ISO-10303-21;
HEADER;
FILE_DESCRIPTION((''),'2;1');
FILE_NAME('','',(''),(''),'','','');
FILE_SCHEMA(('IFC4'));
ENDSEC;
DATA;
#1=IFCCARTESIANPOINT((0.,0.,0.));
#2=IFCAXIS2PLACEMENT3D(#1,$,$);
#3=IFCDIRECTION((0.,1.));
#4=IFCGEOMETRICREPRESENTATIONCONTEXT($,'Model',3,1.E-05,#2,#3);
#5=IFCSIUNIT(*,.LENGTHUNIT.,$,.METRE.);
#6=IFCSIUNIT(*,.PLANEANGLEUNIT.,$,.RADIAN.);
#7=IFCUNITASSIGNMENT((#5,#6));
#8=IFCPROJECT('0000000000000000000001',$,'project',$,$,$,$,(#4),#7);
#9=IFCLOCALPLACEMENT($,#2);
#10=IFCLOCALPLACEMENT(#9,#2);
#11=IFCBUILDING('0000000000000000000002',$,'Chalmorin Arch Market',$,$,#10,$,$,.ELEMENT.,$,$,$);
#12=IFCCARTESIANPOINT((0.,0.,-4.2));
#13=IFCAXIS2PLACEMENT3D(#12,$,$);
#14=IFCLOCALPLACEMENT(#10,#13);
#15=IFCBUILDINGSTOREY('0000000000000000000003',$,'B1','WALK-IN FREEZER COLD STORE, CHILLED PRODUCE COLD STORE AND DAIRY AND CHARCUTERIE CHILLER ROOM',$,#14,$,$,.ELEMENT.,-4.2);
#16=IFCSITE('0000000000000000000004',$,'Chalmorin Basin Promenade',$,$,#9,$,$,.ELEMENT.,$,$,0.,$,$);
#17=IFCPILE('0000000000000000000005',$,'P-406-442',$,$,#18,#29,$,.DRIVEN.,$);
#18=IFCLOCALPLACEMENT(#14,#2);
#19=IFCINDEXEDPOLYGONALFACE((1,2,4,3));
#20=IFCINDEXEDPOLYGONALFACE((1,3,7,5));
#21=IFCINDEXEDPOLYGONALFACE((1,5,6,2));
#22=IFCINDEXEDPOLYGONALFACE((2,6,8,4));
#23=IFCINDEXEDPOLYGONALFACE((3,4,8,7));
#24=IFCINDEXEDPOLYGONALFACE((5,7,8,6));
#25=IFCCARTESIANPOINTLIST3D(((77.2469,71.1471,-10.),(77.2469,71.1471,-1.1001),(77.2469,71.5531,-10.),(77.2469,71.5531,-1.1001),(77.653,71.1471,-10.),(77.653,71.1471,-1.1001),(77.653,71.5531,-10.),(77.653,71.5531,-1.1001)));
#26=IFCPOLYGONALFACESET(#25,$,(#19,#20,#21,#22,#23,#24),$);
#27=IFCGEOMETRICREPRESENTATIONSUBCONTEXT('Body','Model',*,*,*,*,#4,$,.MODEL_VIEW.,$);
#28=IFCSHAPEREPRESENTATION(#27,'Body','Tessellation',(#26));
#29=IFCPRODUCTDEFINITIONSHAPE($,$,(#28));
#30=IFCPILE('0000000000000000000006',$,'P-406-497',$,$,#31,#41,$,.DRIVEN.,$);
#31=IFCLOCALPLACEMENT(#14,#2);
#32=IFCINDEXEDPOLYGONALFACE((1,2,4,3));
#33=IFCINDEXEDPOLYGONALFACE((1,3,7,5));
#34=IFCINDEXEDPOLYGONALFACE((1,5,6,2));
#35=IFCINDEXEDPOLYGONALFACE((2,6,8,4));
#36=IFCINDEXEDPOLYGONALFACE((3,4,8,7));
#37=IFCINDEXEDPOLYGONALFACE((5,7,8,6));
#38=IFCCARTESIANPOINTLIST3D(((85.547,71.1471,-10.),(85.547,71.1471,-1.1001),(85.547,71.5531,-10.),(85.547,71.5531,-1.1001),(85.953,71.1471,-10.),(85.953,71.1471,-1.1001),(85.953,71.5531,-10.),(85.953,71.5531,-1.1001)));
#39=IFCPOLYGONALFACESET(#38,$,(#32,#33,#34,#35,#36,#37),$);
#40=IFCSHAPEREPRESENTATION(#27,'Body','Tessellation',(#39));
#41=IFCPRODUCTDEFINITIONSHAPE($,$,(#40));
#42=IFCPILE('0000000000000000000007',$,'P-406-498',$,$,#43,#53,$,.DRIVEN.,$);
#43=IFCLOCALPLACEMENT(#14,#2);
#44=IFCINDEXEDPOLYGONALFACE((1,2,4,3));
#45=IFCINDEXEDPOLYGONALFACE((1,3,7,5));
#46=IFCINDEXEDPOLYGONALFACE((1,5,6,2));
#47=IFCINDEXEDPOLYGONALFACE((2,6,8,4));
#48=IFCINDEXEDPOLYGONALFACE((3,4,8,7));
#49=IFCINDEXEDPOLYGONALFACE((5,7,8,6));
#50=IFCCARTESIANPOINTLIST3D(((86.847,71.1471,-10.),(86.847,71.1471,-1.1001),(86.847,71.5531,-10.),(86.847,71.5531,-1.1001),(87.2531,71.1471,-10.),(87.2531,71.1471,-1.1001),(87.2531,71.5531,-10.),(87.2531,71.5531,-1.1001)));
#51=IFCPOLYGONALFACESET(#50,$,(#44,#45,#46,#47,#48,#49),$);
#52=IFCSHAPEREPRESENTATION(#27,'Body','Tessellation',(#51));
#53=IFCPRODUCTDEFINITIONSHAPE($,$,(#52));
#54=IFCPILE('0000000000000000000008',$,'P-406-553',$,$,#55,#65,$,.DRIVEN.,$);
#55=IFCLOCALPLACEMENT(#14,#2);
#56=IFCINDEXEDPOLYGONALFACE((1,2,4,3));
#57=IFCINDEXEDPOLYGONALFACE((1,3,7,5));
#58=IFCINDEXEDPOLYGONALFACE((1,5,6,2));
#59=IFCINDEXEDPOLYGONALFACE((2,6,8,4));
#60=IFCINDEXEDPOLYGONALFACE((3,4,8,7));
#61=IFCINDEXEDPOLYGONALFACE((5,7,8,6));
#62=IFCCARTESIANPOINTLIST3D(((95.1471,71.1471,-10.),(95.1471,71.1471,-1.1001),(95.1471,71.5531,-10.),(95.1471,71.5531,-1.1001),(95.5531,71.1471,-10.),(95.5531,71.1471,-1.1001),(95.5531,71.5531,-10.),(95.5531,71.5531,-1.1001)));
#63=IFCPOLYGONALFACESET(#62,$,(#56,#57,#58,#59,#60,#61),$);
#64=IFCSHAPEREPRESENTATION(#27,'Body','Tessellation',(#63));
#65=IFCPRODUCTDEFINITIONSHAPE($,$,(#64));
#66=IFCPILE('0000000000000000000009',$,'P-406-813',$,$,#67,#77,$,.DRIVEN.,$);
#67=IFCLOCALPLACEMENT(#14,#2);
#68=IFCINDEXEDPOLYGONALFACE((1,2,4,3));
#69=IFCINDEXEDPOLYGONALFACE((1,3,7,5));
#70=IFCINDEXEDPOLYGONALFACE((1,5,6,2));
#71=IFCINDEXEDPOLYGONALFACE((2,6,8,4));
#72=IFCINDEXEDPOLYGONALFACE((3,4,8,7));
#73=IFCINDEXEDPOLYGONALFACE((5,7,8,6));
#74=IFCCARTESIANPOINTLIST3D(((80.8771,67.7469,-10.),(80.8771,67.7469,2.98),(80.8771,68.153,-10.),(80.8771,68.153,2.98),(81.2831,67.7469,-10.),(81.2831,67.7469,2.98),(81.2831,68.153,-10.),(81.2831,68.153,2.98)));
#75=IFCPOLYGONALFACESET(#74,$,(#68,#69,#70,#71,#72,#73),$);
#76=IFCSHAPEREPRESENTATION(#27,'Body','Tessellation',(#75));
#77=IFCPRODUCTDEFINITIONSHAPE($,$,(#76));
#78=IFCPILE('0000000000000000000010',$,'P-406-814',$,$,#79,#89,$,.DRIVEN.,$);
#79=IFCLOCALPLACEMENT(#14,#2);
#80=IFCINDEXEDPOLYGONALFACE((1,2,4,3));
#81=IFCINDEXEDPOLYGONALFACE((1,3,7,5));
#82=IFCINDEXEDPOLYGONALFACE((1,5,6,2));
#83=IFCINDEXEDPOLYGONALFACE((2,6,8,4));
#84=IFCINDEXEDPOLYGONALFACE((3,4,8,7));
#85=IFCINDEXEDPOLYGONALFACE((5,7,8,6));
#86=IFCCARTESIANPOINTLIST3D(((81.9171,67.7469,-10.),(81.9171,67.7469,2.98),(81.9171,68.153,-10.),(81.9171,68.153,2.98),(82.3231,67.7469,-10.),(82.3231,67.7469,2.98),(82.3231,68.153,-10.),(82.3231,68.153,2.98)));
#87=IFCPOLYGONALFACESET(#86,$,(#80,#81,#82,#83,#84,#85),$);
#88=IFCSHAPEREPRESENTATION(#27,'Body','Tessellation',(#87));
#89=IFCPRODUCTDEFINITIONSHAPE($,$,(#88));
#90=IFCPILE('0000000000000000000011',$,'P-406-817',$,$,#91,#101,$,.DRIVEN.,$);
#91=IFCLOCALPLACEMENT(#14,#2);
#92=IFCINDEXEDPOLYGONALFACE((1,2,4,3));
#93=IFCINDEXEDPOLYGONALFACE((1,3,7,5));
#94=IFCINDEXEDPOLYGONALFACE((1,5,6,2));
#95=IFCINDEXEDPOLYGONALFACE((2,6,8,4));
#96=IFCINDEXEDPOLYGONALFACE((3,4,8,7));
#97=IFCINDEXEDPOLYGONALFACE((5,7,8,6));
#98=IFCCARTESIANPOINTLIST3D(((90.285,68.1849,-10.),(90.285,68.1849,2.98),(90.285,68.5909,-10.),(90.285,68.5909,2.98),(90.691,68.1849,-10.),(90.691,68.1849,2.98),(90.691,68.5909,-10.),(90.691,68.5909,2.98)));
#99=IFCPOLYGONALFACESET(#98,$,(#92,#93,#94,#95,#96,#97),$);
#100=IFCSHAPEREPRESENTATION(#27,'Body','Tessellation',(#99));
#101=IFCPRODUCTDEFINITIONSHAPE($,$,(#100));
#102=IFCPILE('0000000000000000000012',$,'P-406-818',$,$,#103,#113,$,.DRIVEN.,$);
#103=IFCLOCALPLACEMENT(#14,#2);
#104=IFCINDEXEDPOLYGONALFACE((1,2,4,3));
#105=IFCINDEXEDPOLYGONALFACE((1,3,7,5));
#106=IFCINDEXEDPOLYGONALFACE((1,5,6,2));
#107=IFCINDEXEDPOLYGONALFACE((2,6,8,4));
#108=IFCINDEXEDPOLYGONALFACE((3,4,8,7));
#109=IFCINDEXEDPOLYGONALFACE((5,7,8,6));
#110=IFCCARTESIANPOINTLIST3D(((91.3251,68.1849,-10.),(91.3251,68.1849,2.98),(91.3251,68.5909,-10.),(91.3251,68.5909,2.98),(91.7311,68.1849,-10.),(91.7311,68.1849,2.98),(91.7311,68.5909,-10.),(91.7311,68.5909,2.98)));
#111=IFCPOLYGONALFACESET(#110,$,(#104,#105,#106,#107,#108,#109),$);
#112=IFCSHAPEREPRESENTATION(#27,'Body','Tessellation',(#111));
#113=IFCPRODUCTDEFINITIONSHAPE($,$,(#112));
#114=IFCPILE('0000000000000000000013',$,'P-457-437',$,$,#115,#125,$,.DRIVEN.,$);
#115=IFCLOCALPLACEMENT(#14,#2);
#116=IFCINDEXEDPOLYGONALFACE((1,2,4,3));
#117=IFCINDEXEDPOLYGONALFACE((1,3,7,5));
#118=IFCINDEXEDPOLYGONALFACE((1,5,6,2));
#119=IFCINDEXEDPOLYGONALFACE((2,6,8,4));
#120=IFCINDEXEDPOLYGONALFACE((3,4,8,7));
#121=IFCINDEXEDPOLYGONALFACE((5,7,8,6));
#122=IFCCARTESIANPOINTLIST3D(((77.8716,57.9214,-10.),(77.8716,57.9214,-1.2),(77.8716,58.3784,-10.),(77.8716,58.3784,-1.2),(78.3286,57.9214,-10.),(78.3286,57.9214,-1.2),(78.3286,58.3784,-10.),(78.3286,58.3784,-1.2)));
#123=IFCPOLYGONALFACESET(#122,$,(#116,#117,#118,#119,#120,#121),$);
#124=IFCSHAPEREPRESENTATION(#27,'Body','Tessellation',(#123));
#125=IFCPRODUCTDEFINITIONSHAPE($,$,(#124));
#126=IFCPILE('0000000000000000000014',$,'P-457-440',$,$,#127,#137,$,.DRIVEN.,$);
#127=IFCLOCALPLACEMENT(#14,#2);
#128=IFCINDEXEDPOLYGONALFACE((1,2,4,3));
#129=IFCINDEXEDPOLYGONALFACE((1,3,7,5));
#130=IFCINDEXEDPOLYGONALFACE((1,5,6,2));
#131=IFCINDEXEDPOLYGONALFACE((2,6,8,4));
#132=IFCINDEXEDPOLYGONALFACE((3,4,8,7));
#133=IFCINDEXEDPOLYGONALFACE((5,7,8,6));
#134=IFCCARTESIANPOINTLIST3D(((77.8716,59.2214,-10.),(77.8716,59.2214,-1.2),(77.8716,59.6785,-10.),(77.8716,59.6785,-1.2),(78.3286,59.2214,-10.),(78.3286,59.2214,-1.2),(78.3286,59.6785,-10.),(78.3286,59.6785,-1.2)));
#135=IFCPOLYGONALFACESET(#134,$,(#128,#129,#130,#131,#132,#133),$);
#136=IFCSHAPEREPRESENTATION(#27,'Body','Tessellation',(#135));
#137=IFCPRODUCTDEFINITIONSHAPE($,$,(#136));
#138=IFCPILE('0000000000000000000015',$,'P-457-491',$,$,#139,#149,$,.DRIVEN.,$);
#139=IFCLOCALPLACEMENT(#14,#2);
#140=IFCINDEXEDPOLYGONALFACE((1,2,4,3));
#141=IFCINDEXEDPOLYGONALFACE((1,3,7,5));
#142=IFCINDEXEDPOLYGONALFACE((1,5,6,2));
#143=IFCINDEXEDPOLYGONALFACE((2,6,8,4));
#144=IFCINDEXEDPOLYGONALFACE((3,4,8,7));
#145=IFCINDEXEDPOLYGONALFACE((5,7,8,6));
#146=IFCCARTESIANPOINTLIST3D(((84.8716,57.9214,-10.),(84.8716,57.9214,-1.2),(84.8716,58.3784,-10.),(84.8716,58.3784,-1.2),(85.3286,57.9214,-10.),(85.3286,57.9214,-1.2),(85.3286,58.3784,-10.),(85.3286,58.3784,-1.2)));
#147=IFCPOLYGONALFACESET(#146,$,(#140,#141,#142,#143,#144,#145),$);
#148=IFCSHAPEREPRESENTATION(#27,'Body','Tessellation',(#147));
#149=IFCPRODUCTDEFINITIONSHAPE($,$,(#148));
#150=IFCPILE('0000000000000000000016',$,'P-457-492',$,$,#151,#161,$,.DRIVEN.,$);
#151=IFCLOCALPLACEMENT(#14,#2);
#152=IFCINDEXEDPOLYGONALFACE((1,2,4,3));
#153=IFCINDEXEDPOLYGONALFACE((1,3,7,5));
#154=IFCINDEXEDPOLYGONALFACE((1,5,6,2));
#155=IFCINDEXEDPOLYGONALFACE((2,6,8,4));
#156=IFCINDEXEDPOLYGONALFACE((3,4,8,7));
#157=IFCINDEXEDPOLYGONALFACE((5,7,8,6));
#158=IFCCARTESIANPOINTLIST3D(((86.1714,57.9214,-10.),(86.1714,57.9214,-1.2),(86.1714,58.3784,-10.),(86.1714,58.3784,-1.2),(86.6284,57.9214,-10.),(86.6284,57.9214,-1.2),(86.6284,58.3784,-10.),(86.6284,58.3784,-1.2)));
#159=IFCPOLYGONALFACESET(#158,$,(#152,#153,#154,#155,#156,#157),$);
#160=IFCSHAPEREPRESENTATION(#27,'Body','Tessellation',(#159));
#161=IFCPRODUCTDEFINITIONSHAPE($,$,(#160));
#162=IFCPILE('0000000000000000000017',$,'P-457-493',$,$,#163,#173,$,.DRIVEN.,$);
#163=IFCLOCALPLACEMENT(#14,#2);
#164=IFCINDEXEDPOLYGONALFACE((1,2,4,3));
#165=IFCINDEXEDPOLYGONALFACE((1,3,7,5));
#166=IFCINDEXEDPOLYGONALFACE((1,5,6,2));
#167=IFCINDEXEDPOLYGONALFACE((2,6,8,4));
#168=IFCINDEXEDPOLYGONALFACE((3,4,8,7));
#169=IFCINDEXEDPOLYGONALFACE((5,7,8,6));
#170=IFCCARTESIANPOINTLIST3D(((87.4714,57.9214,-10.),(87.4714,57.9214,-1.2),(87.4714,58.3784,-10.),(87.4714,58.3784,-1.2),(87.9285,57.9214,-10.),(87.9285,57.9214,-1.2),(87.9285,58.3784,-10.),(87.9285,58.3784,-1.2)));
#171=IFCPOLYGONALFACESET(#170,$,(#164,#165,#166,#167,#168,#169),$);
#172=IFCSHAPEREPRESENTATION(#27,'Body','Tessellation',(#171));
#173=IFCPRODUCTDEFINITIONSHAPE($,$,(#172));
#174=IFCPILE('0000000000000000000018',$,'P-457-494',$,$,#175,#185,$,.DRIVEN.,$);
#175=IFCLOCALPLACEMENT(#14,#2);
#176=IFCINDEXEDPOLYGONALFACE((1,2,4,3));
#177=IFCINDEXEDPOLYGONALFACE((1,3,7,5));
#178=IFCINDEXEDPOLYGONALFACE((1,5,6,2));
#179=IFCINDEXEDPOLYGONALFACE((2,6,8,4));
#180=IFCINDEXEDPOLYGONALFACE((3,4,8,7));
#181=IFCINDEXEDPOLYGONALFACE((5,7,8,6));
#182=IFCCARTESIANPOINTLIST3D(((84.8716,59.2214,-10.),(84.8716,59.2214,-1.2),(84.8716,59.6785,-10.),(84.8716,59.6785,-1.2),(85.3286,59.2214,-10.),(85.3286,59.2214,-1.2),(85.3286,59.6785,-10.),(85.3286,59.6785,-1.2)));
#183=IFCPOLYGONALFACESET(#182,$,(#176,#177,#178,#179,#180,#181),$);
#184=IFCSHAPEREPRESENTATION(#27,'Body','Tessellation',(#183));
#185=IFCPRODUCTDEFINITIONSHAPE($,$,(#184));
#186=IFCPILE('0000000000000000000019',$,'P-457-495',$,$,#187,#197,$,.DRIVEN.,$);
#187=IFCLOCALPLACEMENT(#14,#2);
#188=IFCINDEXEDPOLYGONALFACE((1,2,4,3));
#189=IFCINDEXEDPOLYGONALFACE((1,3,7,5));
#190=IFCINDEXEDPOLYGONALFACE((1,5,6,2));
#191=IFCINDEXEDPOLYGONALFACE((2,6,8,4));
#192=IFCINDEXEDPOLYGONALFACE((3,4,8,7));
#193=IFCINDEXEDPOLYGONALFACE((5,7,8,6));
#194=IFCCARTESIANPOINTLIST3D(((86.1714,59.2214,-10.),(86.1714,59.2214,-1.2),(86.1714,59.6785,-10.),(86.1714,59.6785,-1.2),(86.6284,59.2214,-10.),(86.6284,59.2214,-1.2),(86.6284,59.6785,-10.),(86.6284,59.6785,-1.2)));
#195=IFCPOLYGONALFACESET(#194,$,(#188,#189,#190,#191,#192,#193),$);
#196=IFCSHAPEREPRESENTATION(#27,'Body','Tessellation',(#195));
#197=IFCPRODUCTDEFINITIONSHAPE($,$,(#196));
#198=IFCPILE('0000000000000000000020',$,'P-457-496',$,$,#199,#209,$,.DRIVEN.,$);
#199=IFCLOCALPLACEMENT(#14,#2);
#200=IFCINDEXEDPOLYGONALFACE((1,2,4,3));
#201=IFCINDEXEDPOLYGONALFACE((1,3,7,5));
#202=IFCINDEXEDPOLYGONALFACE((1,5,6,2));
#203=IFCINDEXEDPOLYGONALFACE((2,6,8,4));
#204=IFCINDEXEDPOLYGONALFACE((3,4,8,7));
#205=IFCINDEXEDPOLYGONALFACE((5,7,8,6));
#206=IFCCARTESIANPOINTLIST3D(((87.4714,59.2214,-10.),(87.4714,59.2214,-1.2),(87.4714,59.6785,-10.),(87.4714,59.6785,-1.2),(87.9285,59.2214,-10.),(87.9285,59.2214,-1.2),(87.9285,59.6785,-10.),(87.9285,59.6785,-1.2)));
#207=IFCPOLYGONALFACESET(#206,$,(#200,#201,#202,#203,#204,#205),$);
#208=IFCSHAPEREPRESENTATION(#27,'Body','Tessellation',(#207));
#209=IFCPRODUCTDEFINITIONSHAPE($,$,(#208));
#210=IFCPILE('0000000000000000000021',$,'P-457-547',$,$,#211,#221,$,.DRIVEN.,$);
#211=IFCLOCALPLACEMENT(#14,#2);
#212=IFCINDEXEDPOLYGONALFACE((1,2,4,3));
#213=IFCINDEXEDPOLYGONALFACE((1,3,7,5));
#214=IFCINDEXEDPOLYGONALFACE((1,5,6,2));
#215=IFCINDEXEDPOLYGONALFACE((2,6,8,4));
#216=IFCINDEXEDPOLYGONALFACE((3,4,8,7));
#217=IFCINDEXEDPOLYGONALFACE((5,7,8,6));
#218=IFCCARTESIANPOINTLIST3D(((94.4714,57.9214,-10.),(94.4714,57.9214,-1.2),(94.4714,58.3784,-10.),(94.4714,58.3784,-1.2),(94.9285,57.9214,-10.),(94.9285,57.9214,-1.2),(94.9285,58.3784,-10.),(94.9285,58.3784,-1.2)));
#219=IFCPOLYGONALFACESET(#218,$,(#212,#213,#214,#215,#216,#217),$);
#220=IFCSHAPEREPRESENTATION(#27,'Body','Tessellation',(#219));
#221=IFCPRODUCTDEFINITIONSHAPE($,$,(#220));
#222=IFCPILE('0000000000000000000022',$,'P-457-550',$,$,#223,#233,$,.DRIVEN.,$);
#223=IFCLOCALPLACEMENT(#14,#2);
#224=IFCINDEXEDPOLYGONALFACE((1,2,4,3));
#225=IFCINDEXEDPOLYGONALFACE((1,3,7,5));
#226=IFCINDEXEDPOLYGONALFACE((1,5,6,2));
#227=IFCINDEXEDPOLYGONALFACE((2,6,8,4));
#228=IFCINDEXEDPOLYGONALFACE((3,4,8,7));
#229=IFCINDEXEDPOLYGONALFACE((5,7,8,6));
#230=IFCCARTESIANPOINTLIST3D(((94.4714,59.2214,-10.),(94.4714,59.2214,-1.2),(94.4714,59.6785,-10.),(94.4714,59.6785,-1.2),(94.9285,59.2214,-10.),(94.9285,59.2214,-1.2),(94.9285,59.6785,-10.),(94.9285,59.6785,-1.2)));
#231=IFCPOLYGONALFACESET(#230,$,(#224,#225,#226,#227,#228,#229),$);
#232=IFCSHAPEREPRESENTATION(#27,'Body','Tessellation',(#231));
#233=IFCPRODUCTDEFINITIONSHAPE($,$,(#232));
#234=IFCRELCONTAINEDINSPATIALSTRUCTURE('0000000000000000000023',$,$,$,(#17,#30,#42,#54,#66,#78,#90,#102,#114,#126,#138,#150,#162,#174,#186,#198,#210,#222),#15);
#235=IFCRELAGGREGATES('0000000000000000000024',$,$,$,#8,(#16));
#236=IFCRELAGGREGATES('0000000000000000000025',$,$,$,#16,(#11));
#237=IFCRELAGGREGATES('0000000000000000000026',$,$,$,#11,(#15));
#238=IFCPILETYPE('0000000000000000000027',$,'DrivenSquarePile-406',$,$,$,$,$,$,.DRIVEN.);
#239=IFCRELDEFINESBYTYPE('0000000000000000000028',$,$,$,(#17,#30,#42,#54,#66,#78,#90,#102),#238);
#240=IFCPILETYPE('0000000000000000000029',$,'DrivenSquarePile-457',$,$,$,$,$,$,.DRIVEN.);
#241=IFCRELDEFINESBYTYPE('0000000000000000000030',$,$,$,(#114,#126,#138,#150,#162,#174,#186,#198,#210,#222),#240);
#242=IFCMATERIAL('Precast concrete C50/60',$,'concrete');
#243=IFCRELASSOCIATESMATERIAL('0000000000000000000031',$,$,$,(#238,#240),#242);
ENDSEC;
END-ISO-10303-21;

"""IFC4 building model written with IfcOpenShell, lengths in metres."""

from ifc_helpers import new_model, si_unit, direction, frame, origin, origin_2d, place, context, subcontext, project, spatial, rectangle, extrude, material, material_profile, profile_set, type_object, element, save


model = new_model("IFC4")

# Units and contexts
model_context = context("Model", 3, precision=1e-05, world=origin(), true_north=direction((0.0, 1.0)))
body_context = subcontext(model_context, "Body", "Model", "MODEL_VIEW")
ifc_project = project(units=[si_unit("LENGTHUNIT", "METRE"), si_unit("PLANEANGLEUNIT", "RADIAN")], contexts=[model_context])

# Site, building, storey
site_placement = place(None, origin())
site = spatial("IfcSite", under=ifc_project, at=site_placement, Name="Chalmorin Basin Promenade", CompositionType="ELEMENT", RefElevation=0.0)
building_placement = place(site_placement, origin())
building = spatial("IfcBuilding", under=site, at=building_placement, Name="Chalmorin Arch Market", CompositionType="ELEMENT")
storey_placement = place(building_placement, frame((0.0, 0.0, -4.2)))
storey = spatial("IfcBuildingStorey", under=building, at=storey_placement, Name="B1", Description="WALK-IN FREEZER COLD STORE, CHILLED PRODUCE COLD STORE AND DAIRY AND CHARCUTERIE CHILLER ROOM", CompositionType="ELEMENT", Elevation=-4.2)

# Piles
ifc_material_1 = material(Name="Precast concrete C50/60", Category="concrete")
ifc_material_profile_1 = material_profile(ifc_material_1, rectangle(XDim=0.406, YDim=0.406, at=origin_2d()), Name="PPC406")
ifc_profile_set_1 = profile_set([ifc_material_profile_1], Name="Precast concrete C50/60")
pile_type_1 = type_object("IfcPileType", Name="DrivenSquarePile-406", PredefinedType="DRIVEN", material=ifc_profile_set_1)
for number, where, z_axis, x_axis, name in (
    (1, (77.45, 71.3501, -1.1001), (0.0, 0.0, -1.0), (1.0, 0.0, 0.0), "P-406-442"),
    (2, (85.75, 71.3501, -1.1001), (0.0, 0.0, -1.0), (1.0, 0.0, 0.0), "P-406-497"),
    (3, (87.05, 71.3501, -1.1001), (0.0, 0.0, -1.0), (1.0, 0.0, 0.0), "P-406-498"),
    (4, (95.3501, 71.3501, -1.1001), (0.0, 0.0, -1.0), (1.0, 0.0, 0.0), "P-406-553"),
):
    element("IfcPile", number, at=place(storey_placement, frame(where, z_axis=z_axis, x_axis=x_axis)), inside=storey, type_object=pile_type_1, Name=name, PredefinedType="DRIVEN", context=body_context, shape_type="SweptSolid", body=[
        extrude(rectangle(XDim=0.406, YDim=0.406, at=origin_2d()), origin(), (0.0, 0.0, 1.0), 8.8999),
    ])
for number, where, z_axis, x_axis, name in (
    (5, (81.0801, 67.95, 2.98), (0.0, 0.0, -1.0), (1.0, 0.0, 0.0), "P-406-813"),
    (6, (82.1201, 67.95, 2.98), (0.0, 0.0, -1.0), (1.0, 0.0, 0.0), "P-406-814"),
    (7, (90.488, 68.3879, 2.98), (0.0, 0.0, -1.0), (1.0, 0.0, 0.0), "P-406-817"),
    (8, (91.5281, 68.3879, 2.98), (0.0, 0.0, -1.0), (1.0, 0.0, 0.0), "P-406-818"),
):
    element("IfcPile", number, at=place(storey_placement, frame(where, z_axis=z_axis, x_axis=x_axis)), inside=storey, type_object=pile_type_1, Name=name, PredefinedType="DRIVEN", context=body_context, shape_type="SweptSolid", body=[
        extrude(rectangle(XDim=0.406, YDim=0.406, at=origin_2d()), origin(), (0.0, 0.0, 1.0), 12.98),
    ])
ifc_material_profile_2 = material_profile(ifc_material_1, rectangle(XDim=0.457, YDim=0.457, at=origin_2d()), Name="PPC457")
ifc_profile_set_2 = profile_set([ifc_material_profile_2], Name="Precast concrete C50/60")
pile_type_2 = type_object("IfcPileType", Name="DrivenSquarePile-457", PredefinedType="DRIVEN", material=ifc_profile_set_2)
for number, where, z_axis, x_axis, name in (
    (9, (78.1001, 58.1499, -1.2), (0.0, 0.0, -1.0), (1.0, 0.0, 0.0), "P-457-437"),
    (10, (78.1001, 59.45, -1.2), (0.0, 0.0, -1.0), (1.0, 0.0, 0.0), "P-457-440"),
    (11, (85.1001, 58.1499, -1.2), (0.0, 0.0, -1.0), (1.0, 0.0, 0.0), "P-457-491"),
    (12, (86.3999, 58.1499, -1.2), (0.0, 0.0, -1.0), (1.0, 0.0, 0.0), "P-457-492"),
    (13, (87.7, 58.1499, -1.2), (0.0, 0.0, -1.0), (1.0, 0.0, 0.0), "P-457-493"),
    (14, (85.1001, 59.45, -1.2), (0.0, 0.0, -1.0), (1.0, 0.0, 0.0), "P-457-494"),
    (15, (86.3999, 59.45, -1.2), (0.0, 0.0, -1.0), (1.0, 0.0, 0.0), "P-457-495"),
    (16, (87.7, 59.45, -1.2), (0.0, 0.0, -1.0), (1.0, 0.0, 0.0), "P-457-496"),
    (17, (94.7, 58.1499, -1.2), (0.0, 0.0, -1.0), (1.0, 0.0, 0.0), "P-457-547"),
    (18, (94.7, 59.45, -1.2), (0.0, 0.0, -1.0), (1.0, 0.0, 0.0), "P-457-550"),
):
    element("IfcPile", number, at=place(storey_placement, frame(where, z_axis=z_axis, x_axis=x_axis)), inside=storey, type_object=pile_type_2, Name=name, PredefinedType="DRIVEN", context=body_context, shape_type="SweptSolid", body=[
        extrude(rectangle(XDim=0.457, YDim=0.457, at=origin_2d()), origin(), (0.0, 0.0, 1.0), 8.8),
    ])

save(model, "model.ifc")
